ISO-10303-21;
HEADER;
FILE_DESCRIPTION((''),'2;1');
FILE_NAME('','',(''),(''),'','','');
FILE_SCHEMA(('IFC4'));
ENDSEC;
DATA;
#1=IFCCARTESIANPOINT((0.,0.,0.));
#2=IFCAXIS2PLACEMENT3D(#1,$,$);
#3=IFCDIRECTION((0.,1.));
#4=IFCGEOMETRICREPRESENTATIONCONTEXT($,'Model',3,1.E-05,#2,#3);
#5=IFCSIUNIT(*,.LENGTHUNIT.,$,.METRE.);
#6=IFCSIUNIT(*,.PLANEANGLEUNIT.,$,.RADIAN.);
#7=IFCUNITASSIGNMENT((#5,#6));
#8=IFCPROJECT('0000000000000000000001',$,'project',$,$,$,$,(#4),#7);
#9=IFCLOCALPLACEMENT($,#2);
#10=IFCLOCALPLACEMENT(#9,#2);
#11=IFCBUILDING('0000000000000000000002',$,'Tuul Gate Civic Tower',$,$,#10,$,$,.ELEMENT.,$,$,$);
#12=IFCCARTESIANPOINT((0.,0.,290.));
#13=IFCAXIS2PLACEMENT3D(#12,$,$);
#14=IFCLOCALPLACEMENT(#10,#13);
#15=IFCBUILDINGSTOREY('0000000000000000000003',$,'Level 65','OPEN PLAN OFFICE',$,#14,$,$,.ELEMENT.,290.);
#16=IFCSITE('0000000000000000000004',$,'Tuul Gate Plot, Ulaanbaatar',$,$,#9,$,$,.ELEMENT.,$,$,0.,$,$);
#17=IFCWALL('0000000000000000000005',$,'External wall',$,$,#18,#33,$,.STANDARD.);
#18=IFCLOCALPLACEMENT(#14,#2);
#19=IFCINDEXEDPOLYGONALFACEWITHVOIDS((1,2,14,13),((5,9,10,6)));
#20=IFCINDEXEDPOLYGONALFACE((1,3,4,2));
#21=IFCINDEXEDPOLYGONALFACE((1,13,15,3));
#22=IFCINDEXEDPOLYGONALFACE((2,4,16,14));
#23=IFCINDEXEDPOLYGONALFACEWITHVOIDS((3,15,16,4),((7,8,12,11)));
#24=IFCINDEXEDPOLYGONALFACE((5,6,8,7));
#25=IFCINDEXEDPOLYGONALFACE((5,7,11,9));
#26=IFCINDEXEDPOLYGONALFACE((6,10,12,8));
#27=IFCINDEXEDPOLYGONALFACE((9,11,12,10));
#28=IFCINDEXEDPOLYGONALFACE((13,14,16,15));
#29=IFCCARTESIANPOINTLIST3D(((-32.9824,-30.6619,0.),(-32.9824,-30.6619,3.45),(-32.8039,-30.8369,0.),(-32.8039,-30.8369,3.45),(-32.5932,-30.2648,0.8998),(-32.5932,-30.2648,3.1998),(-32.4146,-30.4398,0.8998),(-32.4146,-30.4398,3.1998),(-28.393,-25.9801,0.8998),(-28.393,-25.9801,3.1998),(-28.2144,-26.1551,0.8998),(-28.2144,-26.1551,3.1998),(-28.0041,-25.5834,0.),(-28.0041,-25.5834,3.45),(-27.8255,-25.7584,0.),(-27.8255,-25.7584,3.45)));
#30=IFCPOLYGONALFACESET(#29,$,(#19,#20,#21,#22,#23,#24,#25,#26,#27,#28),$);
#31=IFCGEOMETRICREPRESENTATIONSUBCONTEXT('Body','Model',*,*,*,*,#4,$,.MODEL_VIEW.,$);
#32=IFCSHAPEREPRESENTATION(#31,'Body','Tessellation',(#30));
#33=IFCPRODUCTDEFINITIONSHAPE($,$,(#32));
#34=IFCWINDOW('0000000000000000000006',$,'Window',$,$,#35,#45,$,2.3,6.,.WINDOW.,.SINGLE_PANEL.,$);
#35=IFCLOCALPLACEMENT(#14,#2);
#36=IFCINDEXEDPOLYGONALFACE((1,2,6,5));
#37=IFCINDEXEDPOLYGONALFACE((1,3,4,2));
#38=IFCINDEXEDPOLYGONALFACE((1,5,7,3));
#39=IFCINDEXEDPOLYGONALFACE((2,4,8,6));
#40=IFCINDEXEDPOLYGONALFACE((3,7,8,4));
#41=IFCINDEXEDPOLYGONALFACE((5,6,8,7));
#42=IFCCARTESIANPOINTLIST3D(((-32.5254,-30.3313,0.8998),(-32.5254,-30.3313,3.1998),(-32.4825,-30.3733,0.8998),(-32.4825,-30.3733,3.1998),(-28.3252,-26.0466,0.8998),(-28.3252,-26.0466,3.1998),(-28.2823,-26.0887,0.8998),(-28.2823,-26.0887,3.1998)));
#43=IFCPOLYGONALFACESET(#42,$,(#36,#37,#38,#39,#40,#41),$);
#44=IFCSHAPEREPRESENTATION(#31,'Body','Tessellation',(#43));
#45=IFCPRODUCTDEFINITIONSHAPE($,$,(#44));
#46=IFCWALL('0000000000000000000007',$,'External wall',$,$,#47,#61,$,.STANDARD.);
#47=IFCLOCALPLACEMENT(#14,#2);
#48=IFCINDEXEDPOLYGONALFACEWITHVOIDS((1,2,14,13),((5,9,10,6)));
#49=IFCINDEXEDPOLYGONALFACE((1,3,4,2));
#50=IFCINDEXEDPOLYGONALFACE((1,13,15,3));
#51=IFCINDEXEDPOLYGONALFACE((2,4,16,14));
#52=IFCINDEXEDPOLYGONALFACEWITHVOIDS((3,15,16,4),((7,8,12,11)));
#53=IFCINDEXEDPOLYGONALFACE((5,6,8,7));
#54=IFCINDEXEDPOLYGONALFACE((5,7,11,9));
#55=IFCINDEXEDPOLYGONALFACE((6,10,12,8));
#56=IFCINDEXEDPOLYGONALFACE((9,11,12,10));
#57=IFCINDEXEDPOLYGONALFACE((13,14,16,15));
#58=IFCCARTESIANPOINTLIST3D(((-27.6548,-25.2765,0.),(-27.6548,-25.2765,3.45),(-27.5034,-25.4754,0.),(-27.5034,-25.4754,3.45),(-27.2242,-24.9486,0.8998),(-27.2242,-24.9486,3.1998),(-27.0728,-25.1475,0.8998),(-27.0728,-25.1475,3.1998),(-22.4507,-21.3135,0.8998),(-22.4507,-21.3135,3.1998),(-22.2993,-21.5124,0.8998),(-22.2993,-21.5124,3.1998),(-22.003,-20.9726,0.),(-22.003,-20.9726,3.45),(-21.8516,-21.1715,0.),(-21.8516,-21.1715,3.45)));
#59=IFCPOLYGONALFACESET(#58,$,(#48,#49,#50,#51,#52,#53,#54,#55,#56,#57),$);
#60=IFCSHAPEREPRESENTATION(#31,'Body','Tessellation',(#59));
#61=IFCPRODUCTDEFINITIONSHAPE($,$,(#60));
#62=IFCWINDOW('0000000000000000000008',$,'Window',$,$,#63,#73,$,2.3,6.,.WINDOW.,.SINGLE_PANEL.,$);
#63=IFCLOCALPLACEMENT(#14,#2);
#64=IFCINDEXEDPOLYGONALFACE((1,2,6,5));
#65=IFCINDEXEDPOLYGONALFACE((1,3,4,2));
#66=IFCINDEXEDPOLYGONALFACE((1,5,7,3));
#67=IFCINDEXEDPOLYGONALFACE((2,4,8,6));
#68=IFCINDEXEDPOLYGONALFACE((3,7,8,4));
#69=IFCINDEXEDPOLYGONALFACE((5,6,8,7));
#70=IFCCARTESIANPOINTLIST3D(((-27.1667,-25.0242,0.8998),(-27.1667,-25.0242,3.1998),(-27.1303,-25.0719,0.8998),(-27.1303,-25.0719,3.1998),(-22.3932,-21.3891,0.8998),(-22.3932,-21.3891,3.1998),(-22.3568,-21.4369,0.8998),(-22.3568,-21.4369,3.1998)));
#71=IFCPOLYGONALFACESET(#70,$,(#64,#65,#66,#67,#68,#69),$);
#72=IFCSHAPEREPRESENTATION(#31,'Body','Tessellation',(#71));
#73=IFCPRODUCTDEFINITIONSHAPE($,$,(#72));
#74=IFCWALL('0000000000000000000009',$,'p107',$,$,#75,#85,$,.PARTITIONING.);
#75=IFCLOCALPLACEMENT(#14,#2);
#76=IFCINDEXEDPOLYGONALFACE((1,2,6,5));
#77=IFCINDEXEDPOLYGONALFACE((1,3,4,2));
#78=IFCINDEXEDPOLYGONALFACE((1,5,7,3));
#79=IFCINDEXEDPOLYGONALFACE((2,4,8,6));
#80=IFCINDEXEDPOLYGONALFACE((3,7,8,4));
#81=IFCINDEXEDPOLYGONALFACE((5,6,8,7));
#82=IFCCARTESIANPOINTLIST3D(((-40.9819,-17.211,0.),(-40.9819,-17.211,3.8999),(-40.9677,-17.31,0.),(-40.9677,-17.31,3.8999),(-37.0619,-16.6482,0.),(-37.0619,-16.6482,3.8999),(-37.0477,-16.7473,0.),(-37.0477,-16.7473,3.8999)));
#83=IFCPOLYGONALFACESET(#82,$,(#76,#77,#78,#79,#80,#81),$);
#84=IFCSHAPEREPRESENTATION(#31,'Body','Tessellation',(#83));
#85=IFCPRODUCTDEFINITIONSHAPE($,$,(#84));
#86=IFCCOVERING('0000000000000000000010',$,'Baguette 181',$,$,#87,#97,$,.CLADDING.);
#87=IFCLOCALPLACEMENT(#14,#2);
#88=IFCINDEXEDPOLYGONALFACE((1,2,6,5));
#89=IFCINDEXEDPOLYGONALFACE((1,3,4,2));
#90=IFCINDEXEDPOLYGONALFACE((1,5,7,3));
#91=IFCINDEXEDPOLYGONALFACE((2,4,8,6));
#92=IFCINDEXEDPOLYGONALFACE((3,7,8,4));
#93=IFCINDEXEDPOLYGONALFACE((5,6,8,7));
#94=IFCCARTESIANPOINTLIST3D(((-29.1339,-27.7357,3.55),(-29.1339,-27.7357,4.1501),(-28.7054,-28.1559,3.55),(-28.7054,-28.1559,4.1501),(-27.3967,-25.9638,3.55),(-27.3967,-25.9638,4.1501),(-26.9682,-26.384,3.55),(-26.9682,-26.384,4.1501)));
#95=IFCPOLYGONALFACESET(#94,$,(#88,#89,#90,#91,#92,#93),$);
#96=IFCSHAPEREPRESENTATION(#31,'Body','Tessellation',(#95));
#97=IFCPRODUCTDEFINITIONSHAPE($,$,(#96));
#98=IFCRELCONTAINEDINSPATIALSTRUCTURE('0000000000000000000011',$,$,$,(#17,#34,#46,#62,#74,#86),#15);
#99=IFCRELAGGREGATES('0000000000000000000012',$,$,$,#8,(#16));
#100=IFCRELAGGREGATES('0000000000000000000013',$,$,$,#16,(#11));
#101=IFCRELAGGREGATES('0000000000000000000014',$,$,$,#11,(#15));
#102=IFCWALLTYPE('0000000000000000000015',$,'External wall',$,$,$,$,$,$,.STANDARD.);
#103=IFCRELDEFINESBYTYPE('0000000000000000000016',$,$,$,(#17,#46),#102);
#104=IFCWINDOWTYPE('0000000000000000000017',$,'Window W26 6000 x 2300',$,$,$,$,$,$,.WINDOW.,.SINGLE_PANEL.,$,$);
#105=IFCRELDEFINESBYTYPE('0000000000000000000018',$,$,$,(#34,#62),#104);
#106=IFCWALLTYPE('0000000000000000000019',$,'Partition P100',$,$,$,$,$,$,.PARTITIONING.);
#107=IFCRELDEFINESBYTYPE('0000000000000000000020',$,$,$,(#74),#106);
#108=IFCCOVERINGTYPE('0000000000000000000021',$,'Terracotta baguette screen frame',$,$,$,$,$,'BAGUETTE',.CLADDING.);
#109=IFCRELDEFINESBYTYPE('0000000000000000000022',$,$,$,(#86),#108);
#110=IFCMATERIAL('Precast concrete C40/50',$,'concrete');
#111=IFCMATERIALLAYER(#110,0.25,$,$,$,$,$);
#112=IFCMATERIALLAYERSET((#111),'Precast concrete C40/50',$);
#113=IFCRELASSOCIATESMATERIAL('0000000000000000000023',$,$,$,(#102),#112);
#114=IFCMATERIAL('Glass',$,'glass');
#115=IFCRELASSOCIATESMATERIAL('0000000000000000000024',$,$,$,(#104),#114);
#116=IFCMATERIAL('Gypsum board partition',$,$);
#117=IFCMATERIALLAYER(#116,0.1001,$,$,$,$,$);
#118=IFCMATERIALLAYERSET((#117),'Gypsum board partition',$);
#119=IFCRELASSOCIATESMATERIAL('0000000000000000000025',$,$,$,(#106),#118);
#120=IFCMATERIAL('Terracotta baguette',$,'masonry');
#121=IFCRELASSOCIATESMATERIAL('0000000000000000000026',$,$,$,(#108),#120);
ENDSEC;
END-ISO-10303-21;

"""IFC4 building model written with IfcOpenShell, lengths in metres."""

from ifc_helpers import new_model, si_unit, direction, frame, frame_2d, origin, origin_2d, place, context, subcontext, project, spatial, rectangle, extrude, material, layer, layer_set, material_profile, profile_set, type_object, element, fill, save


model = new_model("IFC4")

# Units and contexts
model_context = context("Model", 3, precision=1e-05, world=origin(), true_north=direction((0.0, 1.0)))
body_context = subcontext(model_context, "Body", "Model", "MODEL_VIEW")
ifc_project = project(units=[si_unit("LENGTHUNIT", "METRE"), si_unit("PLANEANGLEUNIT", "RADIAN")], contexts=[model_context])

# Site, building, storey
site_placement = place(None, origin())
site = spatial("IfcSite", under=ifc_project, at=site_placement, Name="Tuul Gate Plot, Ulaanbaatar", CompositionType="ELEMENT", RefElevation=0.0)
building_placement = place(site_placement, origin())
building = spatial("IfcBuilding", under=site, at=building_placement, Name="Tuul Gate Civic Tower", CompositionType="ELEMENT")
storey_placement = place(building_placement, frame((0.0, 0.0, 290.0)))
storey = spatial("IfcBuildingStorey", under=building, at=storey_placement, Name="Level 65", Description="OPEN PLAN OFFICE", CompositionType="ELEMENT", Elevation=290.0)

# Walls, openings, windows
ifc_material_1 = material(Name="Precast concrete C40/50", Category="concrete")
ifc_layer_1 = layer(ifc_material_1, 0.25)
ifc_layer_set_1 = layer_set([ifc_layer_1], Name="Precast concrete C40/50")
wall_type_1 = type_object("IfcWallType", Name="External wall", PredefinedType="STANDARD", material=ifc_layer_set_1)
wall_1_placement = place(storey_placement, frame((-32.8931, -30.7493, 0.0), z_axis=(0.0, 0.0, 1.0), x_axis=(0.700034, 0.71411, 0.0)))
wall_1 = element("IfcWall", 1, at=wall_1_placement, inside=storey, type_object=wall_type_1, Name="External wall", PredefinedType="STANDARD", context=body_context, shape_type="SweptSolid", body=[
    extrude(rectangle(XDim=7.1116, YDim=0.25, at=frame_2d((3.5557, 0.0))), origin(), (0.0, 0.0, 1.0), 3.45),
])
opening_1_placement = place(wall_1_placement, frame((0.5559, 0.0, 0.8999)))
opening_1 = element("IfcOpeningElement", 2, at=opening_1_placement, cuts=wall_1, PredefinedType="OPENING", context=body_context, shape_type="SweptSolid", body=[
    extrude(rectangle(XDim=6.0, YDim=2.3, at=frame_2d((3.0, 1.1499))), frame((0.0, 0.135, 0.0), z_axis=(0.0, -1.0, 0.0), x_axis=(1.0, 0.0, 0.0)), (0.0, 0.0, 1.0), 0.27),
])
ifc_material_2 = material(Name="Glass", Category="glass")
window_type_1 = type_object("IfcWindowType", Name="Window W26 6000 x 2300", PartitioningType="SINGLE_PANEL", PredefinedType="WINDOW", material=ifc_material_2)
window_1_placement = place(opening_1_placement, origin())
window_1 = element("IfcWindow", 3, at=window_1_placement, inside=storey, type_object=window_type_1, Name="Window", OverallHeight=2.3, OverallWidth=6.0, PartitioningType="SINGLE_PANEL", PredefinedType="WINDOW", context=body_context, shape_type="SweptSolid", body=[
    extrude(rectangle(XDim=6.0, YDim=2.3, at=frame_2d((3.0, 1.1499))), frame((0.0, 0.03, 0.0), z_axis=(0.0, -1.0, 0.0), x_axis=(1.0, 0.0, 0.0)), (0.0, 0.0, 1.0), 0.0601),
])
fill(opening_1, window_1)
wall_2_placement = place(storey_placement, frame((-27.5791, -25.376, 0.0), z_axis=(0.0, 0.0, 1.0), x_axis=(0.795582, 0.605845, 0.0)))
wall_2 = element("IfcWall", 4, at=wall_2_placement, inside=storey, type_object=wall_type_1, Name="External wall", PredefinedType="STANDARD", context=body_context, shape_type="SweptSolid", body=[
    extrude(rectangle(XDim=7.104, YDim=0.25, at=frame_2d((3.552, 0.0))), origin(), (0.0, 0.0, 1.0), 3.45),
])
opening_2_placement = place(wall_2_placement, frame((0.5413, 0.0, 0.8999)))
opening_2 = element("IfcOpeningElement", 5, at=opening_2_placement, cuts=wall_2, PredefinedType="OPENING", context=body_context, shape_type="SweptSolid", body=[
    extrude(rectangle(XDim=6.0, YDim=2.3, at=frame_2d((3.0, 1.1499))), frame((0.0, 0.135, 0.0), z_axis=(0.0, -1.0, 0.0), x_axis=(1.0, 0.0, 0.0)), (0.0, 0.0, 1.0), 0.27),
])
window_2_placement = place(opening_2_placement, origin())
window_2 = element("IfcWindow", 6, at=window_2_placement, inside=storey, type_object=window_type_1, Name="Window", OverallHeight=2.3, OverallWidth=6.0, PartitioningType="SINGLE_PANEL", PredefinedType="WINDOW", context=body_context, shape_type="SweptSolid", body=[
    extrude(rectangle(XDim=6.0, YDim=2.3, at=frame_2d((3.0, 1.1499))), frame((0.0, 0.03, 0.0), z_axis=(0.0, -1.0, 0.0), x_axis=(1.0, 0.0, 0.0)), (0.0, 0.0, 1.0), 0.0601),
])
fill(opening_2, window_2)

# Wall
ifc_material_3 = material(Name="Gypsum board partition")
ifc_layer_2 = layer(ifc_material_3, 0.1001)
ifc_layer_set_2 = layer_set([ifc_layer_2], Name="Gypsum board partition")
wall_type_2 = type_object("IfcWallType", Name="Partition P100", PredefinedType="PARTITIONING", material=ifc_layer_set_2)
wall_3_placement = place(storey_placement, frame((-37.0549, -16.6978, 0.0), z_axis=(0.0, 0.0, 1.0), x_axis=(-0.989852, -0.142103, 0.0)))
element("IfcWall", 7, at=wall_3_placement, inside=storey, type_object=wall_type_2, Name="p107", PredefinedType="PARTITIONING", context=body_context, shape_type="SweptSolid", body=[
    extrude(rectangle(XDim=3.9602, YDim=0.1001, at=frame_2d((1.98, 0.0))), origin(), (0.0, 0.0, 1.0), 3.8999),
])

# Covering
ifc_material_4 = material(Name="Terracotta baguette", Category="masonry")
ifc_material_profile_1 = material_profile(ifc_material_4, rectangle(XDim=0.6001, YDim=0.6001, at=origin_2d()), Name="Terracotta baguette screen frame")
ifc_profile_set_1 = profile_set([ifc_material_profile_1], Name="Terracotta baguette")
covering_type = type_object("IfcCoveringType", Name="Terracotta baguette screen frame", ElementType="BAGUETTE", PredefinedType="CLADDING", material=ifc_profile_set_1)
covering_placement = place(storey_placement, frame((-28.9197, -27.9458, 3.8501), z_axis=(0.700087, 0.714057, 0.0), x_axis=(-0.714057, 0.700087, 0.0)))
element("IfcCovering", 8, at=covering_placement, inside=storey, type_object=covering_type, Name="Baguette 181", PredefinedType="CLADDING", context=body_context, shape_type="SweptSolid", body=[
    extrude(rectangle(XDim=0.6001, YDim=0.6001, at=origin_2d()), origin(), (0.0, 0.0, 1.0), 2.4814),
])

save(model, "model.ifc")
